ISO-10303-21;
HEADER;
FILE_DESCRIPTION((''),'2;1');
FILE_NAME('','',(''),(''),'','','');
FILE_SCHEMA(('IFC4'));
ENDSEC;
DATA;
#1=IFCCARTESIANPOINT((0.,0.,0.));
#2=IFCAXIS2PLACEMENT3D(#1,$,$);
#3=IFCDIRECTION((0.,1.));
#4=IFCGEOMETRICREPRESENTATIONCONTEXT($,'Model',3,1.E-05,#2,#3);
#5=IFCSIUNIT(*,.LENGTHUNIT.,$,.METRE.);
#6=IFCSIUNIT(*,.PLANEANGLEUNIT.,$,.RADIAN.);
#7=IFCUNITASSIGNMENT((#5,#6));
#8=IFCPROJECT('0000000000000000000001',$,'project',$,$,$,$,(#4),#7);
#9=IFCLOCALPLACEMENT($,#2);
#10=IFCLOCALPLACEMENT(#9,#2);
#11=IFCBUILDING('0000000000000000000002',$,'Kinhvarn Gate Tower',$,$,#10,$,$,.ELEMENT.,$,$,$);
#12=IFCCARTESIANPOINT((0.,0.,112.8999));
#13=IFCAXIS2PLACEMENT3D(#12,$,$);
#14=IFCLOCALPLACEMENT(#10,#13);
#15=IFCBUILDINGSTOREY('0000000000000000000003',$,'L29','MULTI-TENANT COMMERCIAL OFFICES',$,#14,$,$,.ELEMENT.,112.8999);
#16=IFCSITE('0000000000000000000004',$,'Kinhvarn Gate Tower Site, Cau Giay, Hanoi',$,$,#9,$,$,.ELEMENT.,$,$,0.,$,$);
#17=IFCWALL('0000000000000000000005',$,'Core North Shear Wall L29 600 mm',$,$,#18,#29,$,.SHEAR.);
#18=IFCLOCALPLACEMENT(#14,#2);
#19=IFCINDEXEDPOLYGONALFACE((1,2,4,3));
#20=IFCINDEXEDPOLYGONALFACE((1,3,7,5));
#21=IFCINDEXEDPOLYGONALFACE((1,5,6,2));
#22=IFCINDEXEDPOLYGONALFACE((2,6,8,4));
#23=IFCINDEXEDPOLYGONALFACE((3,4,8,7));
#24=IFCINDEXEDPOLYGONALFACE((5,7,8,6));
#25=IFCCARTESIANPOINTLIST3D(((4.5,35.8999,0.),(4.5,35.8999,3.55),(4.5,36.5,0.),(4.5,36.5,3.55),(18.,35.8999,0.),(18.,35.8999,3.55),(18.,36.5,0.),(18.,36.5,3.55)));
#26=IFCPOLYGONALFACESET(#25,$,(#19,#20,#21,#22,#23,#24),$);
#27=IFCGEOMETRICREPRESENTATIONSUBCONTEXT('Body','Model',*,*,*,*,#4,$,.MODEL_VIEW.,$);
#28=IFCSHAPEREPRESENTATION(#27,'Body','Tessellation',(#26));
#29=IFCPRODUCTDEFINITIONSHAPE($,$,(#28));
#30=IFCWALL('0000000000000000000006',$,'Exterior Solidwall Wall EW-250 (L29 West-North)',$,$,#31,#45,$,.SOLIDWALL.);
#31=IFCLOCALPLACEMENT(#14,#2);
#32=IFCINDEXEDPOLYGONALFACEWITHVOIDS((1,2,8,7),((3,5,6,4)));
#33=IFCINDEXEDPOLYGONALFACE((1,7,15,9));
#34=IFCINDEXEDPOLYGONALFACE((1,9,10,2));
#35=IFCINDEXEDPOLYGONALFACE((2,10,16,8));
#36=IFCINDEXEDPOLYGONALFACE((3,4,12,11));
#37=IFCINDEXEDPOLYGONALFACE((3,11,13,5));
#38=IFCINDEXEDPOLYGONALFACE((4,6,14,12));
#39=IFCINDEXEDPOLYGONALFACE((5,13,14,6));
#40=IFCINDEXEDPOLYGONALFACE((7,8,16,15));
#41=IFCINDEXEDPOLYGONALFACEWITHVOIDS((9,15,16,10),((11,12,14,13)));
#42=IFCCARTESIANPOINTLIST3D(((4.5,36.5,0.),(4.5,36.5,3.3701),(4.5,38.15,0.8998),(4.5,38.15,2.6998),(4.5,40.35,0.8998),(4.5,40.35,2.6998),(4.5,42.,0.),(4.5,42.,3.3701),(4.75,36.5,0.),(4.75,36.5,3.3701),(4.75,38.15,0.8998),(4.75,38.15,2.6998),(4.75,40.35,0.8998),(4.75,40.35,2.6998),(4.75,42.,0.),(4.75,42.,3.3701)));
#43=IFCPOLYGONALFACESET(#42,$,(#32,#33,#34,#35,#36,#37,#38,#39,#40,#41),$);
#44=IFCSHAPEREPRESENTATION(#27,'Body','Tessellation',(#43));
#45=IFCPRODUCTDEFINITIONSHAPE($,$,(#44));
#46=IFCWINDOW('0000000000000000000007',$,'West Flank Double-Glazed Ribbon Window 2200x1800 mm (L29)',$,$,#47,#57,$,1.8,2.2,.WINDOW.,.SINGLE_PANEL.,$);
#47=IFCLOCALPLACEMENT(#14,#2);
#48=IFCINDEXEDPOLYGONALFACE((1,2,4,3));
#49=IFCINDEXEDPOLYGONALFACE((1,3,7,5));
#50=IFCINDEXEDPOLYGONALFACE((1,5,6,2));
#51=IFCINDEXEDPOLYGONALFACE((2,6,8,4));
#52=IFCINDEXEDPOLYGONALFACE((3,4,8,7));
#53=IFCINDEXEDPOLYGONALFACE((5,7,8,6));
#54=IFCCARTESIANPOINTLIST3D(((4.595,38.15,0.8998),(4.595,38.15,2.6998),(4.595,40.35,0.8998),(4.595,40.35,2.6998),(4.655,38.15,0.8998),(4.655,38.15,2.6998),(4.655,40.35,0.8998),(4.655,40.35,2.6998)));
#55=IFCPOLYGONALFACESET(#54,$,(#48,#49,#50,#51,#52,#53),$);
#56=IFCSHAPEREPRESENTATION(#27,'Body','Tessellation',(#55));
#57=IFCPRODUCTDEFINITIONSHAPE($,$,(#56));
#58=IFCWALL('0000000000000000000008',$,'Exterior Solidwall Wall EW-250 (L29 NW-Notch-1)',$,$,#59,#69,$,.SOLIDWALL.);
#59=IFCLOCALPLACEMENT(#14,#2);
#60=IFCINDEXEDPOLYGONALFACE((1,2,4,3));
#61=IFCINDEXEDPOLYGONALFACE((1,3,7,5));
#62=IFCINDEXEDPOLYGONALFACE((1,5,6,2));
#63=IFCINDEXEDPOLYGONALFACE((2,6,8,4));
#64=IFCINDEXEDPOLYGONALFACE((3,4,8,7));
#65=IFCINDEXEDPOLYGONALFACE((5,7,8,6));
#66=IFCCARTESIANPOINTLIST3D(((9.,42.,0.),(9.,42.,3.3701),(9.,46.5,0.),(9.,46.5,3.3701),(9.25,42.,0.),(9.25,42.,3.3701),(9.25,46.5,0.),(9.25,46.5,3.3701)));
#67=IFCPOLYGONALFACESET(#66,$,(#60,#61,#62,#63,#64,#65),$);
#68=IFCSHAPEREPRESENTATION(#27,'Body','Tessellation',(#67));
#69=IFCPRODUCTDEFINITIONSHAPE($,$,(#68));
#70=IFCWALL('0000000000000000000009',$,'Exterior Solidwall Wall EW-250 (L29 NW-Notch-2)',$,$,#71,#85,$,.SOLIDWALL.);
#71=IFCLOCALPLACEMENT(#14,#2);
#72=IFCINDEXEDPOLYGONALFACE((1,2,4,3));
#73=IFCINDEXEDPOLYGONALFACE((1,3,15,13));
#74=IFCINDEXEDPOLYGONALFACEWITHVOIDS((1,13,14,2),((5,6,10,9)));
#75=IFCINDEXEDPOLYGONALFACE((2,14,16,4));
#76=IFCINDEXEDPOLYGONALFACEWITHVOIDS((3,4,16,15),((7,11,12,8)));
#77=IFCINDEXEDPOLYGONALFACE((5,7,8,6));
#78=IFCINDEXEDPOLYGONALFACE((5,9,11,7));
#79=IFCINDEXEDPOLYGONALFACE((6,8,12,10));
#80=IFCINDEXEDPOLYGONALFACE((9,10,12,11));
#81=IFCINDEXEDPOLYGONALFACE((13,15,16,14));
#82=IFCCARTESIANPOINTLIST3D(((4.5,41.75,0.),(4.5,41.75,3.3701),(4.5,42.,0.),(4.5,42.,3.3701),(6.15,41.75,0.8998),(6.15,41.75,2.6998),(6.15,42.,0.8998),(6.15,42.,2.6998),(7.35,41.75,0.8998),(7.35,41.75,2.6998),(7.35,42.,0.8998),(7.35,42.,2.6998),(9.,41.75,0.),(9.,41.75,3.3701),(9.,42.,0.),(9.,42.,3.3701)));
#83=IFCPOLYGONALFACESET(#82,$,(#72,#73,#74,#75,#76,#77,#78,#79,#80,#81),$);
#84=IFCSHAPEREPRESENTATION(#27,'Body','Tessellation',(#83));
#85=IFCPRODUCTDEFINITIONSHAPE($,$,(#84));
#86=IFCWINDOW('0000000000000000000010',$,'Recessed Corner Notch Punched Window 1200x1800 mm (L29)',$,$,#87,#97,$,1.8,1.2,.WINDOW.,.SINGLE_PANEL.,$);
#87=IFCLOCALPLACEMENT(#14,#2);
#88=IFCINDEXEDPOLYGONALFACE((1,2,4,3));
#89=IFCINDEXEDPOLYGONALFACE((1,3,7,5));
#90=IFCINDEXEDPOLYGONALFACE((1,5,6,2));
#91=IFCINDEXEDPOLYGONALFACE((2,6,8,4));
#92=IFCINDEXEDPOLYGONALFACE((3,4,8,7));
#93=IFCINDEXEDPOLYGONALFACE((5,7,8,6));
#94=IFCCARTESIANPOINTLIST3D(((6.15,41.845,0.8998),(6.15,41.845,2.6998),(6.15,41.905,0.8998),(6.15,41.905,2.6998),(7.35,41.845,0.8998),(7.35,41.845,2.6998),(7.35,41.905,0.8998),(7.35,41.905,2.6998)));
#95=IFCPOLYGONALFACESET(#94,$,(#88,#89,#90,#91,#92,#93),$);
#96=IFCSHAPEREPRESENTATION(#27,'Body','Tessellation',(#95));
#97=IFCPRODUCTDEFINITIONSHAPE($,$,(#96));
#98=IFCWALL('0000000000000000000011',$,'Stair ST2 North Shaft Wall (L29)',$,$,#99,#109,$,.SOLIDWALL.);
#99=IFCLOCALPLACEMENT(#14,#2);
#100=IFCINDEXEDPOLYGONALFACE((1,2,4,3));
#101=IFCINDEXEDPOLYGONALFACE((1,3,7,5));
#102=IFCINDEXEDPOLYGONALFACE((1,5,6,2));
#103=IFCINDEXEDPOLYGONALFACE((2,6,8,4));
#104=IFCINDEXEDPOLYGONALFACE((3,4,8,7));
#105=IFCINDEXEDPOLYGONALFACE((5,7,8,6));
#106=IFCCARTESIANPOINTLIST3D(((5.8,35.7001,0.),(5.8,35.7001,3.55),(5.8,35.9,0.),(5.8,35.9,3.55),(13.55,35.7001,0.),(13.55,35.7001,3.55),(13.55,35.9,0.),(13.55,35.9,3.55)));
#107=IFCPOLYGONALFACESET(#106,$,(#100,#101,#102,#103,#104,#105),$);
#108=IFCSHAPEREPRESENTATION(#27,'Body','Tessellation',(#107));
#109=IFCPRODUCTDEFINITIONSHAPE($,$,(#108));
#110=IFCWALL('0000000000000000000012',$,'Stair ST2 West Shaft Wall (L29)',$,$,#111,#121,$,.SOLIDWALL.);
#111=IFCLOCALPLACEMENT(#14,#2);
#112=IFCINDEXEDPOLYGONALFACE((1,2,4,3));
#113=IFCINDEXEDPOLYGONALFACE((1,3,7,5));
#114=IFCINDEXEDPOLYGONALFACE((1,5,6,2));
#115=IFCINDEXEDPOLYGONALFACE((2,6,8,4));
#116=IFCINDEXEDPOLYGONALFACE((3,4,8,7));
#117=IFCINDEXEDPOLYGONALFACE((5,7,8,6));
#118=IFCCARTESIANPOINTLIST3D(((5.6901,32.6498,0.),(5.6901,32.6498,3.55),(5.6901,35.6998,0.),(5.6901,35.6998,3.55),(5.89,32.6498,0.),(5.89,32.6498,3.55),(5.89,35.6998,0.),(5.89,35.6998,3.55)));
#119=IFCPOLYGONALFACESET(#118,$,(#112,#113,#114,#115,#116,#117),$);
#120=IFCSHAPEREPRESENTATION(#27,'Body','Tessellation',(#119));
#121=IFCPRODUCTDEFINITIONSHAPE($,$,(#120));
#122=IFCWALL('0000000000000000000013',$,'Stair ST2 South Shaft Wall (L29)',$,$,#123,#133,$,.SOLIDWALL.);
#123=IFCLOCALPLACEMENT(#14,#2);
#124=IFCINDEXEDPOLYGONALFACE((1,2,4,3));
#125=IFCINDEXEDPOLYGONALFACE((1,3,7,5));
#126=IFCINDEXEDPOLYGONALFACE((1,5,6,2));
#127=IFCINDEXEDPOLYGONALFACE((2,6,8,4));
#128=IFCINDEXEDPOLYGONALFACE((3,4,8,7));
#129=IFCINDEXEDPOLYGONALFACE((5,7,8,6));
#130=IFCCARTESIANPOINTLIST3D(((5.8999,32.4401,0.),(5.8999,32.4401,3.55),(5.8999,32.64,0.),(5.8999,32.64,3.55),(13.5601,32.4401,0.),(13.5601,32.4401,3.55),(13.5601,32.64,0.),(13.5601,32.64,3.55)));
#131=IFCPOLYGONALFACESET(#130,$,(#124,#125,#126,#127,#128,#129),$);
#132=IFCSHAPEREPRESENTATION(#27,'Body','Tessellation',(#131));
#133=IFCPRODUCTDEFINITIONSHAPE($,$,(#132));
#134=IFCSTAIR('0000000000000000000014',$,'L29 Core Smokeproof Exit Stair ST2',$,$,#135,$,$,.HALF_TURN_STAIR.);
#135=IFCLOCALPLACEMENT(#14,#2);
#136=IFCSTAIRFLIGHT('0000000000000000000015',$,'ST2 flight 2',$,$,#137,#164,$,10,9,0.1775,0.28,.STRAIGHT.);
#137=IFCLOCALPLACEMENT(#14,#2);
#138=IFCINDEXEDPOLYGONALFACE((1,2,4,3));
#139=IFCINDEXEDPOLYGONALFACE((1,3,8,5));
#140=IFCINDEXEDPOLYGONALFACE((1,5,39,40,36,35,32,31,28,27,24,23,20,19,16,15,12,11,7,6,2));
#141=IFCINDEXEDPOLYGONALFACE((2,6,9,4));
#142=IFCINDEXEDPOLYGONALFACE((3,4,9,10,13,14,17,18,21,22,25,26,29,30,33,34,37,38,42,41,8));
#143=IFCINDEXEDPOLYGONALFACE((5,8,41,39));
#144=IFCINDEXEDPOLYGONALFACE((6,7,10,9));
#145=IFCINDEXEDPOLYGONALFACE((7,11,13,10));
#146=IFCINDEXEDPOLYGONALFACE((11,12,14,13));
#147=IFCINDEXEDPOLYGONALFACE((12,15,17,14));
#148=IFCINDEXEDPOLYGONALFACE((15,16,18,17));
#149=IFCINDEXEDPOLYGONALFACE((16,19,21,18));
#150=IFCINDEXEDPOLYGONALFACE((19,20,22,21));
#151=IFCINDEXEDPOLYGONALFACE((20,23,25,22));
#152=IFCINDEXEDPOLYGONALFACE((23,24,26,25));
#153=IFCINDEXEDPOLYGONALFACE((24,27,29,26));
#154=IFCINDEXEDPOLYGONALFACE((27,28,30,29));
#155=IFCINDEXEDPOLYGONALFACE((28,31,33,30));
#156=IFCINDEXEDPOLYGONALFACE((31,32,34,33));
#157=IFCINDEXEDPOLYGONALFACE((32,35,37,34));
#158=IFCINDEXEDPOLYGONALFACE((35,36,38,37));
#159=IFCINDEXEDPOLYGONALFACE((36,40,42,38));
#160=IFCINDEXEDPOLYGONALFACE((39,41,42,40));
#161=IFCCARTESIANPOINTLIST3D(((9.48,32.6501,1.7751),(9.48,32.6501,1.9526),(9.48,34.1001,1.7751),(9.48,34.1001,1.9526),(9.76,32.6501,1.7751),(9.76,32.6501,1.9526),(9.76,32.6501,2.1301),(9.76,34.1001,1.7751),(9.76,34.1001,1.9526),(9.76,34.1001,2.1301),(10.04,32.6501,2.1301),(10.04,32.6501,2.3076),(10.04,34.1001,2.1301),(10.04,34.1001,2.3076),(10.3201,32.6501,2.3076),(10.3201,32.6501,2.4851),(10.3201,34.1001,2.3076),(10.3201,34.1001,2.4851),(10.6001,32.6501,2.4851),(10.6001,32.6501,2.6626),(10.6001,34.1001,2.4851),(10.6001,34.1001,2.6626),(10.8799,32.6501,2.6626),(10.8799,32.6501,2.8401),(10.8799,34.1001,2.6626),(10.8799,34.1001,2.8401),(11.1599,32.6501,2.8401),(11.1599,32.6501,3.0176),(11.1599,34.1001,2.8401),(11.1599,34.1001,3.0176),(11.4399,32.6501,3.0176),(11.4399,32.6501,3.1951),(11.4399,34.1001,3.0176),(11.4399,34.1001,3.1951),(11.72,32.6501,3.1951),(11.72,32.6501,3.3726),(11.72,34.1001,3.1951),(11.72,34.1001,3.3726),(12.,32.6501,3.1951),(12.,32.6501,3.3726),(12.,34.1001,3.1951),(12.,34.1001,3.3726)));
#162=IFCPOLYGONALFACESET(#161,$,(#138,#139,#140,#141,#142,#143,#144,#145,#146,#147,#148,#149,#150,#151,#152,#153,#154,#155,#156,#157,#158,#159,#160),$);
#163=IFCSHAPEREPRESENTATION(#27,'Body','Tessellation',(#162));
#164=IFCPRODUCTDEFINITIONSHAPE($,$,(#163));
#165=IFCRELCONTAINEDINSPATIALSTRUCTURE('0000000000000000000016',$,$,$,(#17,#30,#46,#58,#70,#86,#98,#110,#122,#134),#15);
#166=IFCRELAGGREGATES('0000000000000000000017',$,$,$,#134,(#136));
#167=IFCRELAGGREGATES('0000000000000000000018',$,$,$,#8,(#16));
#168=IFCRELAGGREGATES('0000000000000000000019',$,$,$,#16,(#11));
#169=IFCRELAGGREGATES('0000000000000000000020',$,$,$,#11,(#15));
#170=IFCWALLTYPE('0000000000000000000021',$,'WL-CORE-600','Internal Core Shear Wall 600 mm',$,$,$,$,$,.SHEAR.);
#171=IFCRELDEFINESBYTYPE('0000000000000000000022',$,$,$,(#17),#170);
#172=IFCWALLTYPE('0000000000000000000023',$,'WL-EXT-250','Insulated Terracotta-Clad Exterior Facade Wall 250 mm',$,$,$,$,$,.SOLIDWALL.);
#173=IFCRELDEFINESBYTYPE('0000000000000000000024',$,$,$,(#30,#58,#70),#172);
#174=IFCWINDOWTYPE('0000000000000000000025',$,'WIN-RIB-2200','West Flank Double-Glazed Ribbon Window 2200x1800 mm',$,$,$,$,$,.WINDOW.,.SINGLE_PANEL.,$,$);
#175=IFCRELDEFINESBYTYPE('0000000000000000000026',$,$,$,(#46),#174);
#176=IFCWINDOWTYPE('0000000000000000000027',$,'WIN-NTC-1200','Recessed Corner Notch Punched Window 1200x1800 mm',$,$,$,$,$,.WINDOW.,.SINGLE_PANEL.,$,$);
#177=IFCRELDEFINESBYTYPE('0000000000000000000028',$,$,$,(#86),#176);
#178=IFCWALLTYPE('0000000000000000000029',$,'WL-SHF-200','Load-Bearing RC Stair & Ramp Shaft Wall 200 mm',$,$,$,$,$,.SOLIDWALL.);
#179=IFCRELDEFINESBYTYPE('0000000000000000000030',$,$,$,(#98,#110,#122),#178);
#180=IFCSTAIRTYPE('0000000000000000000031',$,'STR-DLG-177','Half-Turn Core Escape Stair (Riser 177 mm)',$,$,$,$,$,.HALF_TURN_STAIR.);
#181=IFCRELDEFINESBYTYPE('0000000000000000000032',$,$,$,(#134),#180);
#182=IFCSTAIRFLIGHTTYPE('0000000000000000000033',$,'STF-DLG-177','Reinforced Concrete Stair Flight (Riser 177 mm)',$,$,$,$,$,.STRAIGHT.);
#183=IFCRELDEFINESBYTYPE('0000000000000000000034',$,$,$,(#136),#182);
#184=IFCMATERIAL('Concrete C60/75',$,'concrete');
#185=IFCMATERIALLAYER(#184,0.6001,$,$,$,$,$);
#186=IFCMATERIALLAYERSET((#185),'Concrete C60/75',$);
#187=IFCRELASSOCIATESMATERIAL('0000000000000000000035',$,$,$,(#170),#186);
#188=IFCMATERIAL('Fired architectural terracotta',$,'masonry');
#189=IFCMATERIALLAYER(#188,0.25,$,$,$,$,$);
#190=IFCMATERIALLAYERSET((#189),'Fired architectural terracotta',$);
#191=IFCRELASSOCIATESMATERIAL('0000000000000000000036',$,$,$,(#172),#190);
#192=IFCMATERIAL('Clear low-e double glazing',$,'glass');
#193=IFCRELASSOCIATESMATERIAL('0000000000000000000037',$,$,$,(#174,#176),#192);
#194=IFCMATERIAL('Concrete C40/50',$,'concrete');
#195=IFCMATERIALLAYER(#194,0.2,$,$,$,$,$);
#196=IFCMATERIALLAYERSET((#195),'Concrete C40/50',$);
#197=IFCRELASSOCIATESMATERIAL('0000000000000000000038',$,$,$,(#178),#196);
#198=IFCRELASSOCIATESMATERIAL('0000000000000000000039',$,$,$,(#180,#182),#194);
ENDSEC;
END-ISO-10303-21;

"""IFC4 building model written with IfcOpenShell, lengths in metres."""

from ifc_helpers import new_model, si_unit, direction, frame, frame_2d, origin, place, context, subcontext, project, spatial, polyline, rectangle, outline, extrude, material, layer, layer_set, type_object, element, fill, aggregate, save


model = new_model("IFC4")

# Units and contexts
model_context = context("Model", 3, precision=1e-05, world=origin(), true_north=direction((0.0, 1.0)))
body_context = subcontext(model_context, "Body", "Model", "MODEL_VIEW")
ifc_project = project(units=[si_unit("LENGTHUNIT", "METRE"), si_unit("PLANEANGLEUNIT", "RADIAN")], contexts=[model_context])

# Site, building, storey
site_placement = place(None, origin())
site = spatial("IfcSite", under=ifc_project, at=site_placement, Name="Kinhvarn Gate Tower Site, Cau Giay, Hanoi", CompositionType="ELEMENT", RefElevation=0.0)
building_placement = place(site_placement, origin())
building = spatial("IfcBuilding", under=site, at=building_placement, Name="Kinhvarn Gate Tower", CompositionType="ELEMENT")
storey_placement = place(building_placement, frame((0.0, 0.0, 112.8999)))
storey = spatial("IfcBuildingStorey", under=building, at=storey_placement, Name="L29", Description="MULTI-TENANT COMMERCIAL OFFICES", CompositionType="ELEMENT", Elevation=112.8999)

# Shared definitions
ifc_material_1 = material(Name="Concrete C60/75", Category="concrete")

# Shared definitions
ifc_material_2 = material(Name="Clear low-e double glazing", Category="glass")

# Wall
ifc_layer_1 = layer(ifc_material_1, 0.6001)
ifc_layer_set_1 = layer_set([ifc_layer_1], Name="Concrete C60/75")
wall_type_1 = type_object("IfcWallType", Name="WL-CORE-600", Description="Internal Core Shear Wall 600 mm", PredefinedType="SHEAR", material=ifc_layer_set_1)
wall_1_placement = place(storey_placement, frame((4.5, 36.2, 0.0), z_axis=(0.0, 0.0, 1.0), x_axis=(1.0, 0.0, 0.0)))
element("IfcWall", 1, at=wall_1_placement, inside=storey, type_object=wall_type_1, Name="Core North Shear Wall L29 600 mm", PredefinedType="SHEAR", context=body_context, shape_type="SweptSolid", body=[
    extrude(rectangle(XDim=13.5, YDim=0.6001, at=frame_2d((6.75, 0.0))), origin(), (0.0, 0.0, 1.0), 3.55),
])

# Wall, opening, window
ifc_material_3 = material(Name="Fired architectural terracotta", Category="masonry")
ifc_layer_2 = layer(ifc_material_3, 0.25)
ifc_layer_set_2 = layer_set([ifc_layer_2], Name="Fired architectural terracotta")
wall_type_2 = type_object("IfcWallType", Name="WL-EXT-250", Description="Insulated Terracotta-Clad Exterior Facade Wall 250 mm", PredefinedType="SOLIDWALL", material=ifc_layer_set_2)
wall_2_placement = place(storey_placement, frame((4.625, 42.0, 0.0), z_axis=(0.0, 0.0, 1.0), x_axis=(0.0, -1.0, 0.0)))
wall_2 = element("IfcWall", 2, at=wall_2_placement, inside=storey, type_object=wall_type_2, Name="Exterior Solidwall Wall EW-250 (L29 West-North)", PredefinedType="SOLIDWALL", context=body_context, shape_type="SweptSolid", body=[
    extrude(rectangle(XDim=5.5, YDim=0.25, at=frame_2d((2.75, 0.0))), origin(), (0.0, 0.0, 1.0), 3.3701),
])
opening_1_placement = place(wall_2_placement, frame((1.6499, 0.0, 0.8999)))
opening_1 = element("IfcOpeningElement", 3, at=opening_1_placement, cuts=wall_2, PredefinedType="OPENING", context=body_context, shape_type="SweptSolid", body=[
    extrude(rectangle(XDim=2.2, YDim=1.8, at=frame_2d((1.1001, 0.8999))), frame((0.0, 0.135, 0.0), z_axis=(0.0, -1.0, 0.0), x_axis=(1.0, 0.0, 0.0)), (0.0, 0.0, 1.0), 0.27),
])
window_type_1 = type_object("IfcWindowType", Name="WIN-RIB-2200", Description="West Flank Double-Glazed Ribbon Window 2200x1800 mm", PartitioningType="SINGLE_PANEL", PredefinedType="WINDOW", material=ifc_material_2)
window_1_placement = place(opening_1_placement, origin())
window_1 = element("IfcWindow", 4, at=window_1_placement, inside=storey, type_object=window_type_1, Name="West Flank Double-Glazed Ribbon Window 2200x1800 mm (L29)", OverallHeight=1.8, OverallWidth=2.2, PartitioningType="SINGLE_PANEL", PredefinedType="WINDOW", context=body_context, shape_type="SweptSolid", body=[
    extrude(rectangle(XDim=2.2, YDim=1.8, at=frame_2d((1.1001, 0.8999))), frame((0.0, 0.03, 0.0), z_axis=(0.0, -1.0, 0.0), x_axis=(1.0, 0.0, 0.0)), (0.0, 0.0, 1.0), 0.0601),
])
fill(opening_1, window_1)

# Wall
wall_3_placement = place(storey_placement, frame((9.125, 46.5, 0.0), z_axis=(0.0, 0.0, 1.0), x_axis=(0.0, -1.0, 0.0)))
element("IfcWall", 5, at=wall_3_placement, inside=storey, type_object=wall_type_2, Name="Exterior Solidwall Wall EW-250 (L29 NW-Notch-1)", PredefinedType="SOLIDWALL", context=body_context, shape_type="SweptSolid", body=[
    extrude(rectangle(XDim=4.5, YDim=0.25, at=frame_2d((2.25, 0.0))), origin(), (0.0, 0.0, 1.0), 3.3701),
])

# Wall, opening, window
wall_4_placement = place(storey_placement, frame((9.0, 41.875, 0.0), z_axis=(0.0, 0.0, 1.0), x_axis=(-1.0, 0.0, 0.0)))
wall_4 = element("IfcWall", 6, at=wall_4_placement, inside=storey, type_object=wall_type_2, Name="Exterior Solidwall Wall EW-250 (L29 NW-Notch-2)", PredefinedType="SOLIDWALL", context=body_context, shape_type="SweptSolid", body=[
    extrude(rectangle(XDim=4.5, YDim=0.25, at=frame_2d((2.25, 0.0))), origin(), (0.0, 0.0, 1.0), 3.3701),
])
opening_2_placement = place(wall_4_placement, frame((1.6499, 0.0, 0.8999)))
opening_2 = element("IfcOpeningElement", 7, at=opening_2_placement, cuts=wall_4, PredefinedType="OPENING", context=body_context, shape_type="SweptSolid", body=[
    extrude(rectangle(XDim=1.2, YDim=1.8, at=frame_2d((0.6001, 0.8999))), frame((0.0, 0.135, 0.0), z_axis=(0.0, -1.0, 0.0), x_axis=(1.0, 0.0, 0.0)), (0.0, 0.0, 1.0), 0.27),
])
window_type_2 = type_object("IfcWindowType", Name="WIN-NTC-1200", Description="Recessed Corner Notch Punched Window 1200x1800 mm", PartitioningType="SINGLE_PANEL", PredefinedType="WINDOW", material=ifc_material_2)
window_2_placement = place(opening_2_placement, origin())
window_2 = element("IfcWindow", 8, at=window_2_placement, inside=storey, type_object=window_type_2, Name="Recessed Corner Notch Punched Window 1200x1800 mm (L29)", OverallHeight=1.8, OverallWidth=1.2, PartitioningType="SINGLE_PANEL", PredefinedType="WINDOW", context=body_context, shape_type="SweptSolid", body=[
    extrude(rectangle(XDim=1.2, YDim=1.8, at=frame_2d((0.6001, 0.8999))), frame((0.0, 0.03, 0.0), z_axis=(0.0, -1.0, 0.0), x_axis=(1.0, 0.0, 0.0)), (0.0, 0.0, 1.0), 0.0601),
])
fill(opening_2, window_2)

# Walls
ifc_material_4 = material(Name="Concrete C40/50", Category="concrete")
ifc_layer_3 = layer(ifc_material_4, 0.2)
ifc_layer_set_3 = layer_set([ifc_layer_3], Name="Concrete C40/50")
wall_type_3 = type_object("IfcWallType", Name="WL-SHF-200", Description="Load-Bearing RC Stair & Ramp Shaft Wall 200 mm", PredefinedType="SOLIDWALL", material=ifc_layer_set_3)
wall_5_placement = place(storey_placement, frame((5.8, 35.8, 0.0), z_axis=(0.0, 0.0, 1.0), x_axis=(1.0, 0.0, 0.0)))
element("IfcWall", 9, at=wall_5_placement, inside=storey, type_object=wall_type_3, Name="Stair ST2 North Shaft Wall (L29)", PredefinedType="SOLIDWALL", context=body_context, shape_type="SweptSolid", body=[
    extrude(rectangle(XDim=7.75, YDim=0.2, at=frame_2d((3.875, 0.0))), origin(), (0.0, 0.0, 1.0), 3.55),
])
wall_6_placement = place(storey_placement, frame((5.79, 32.6499, 0.0), z_axis=(0.0, 0.0, 1.0), x_axis=(0.0, 1.0, 0.0)))
element("IfcWall", 10, at=wall_6_placement, inside=storey, type_object=wall_type_3, Name="Stair ST2 West Shaft Wall (L29)", PredefinedType="SOLIDWALL", context=body_context, shape_type="SweptSolid", body=[
    extrude(rectangle(XDim=3.05, YDim=0.2, at=frame_2d((1.5249, 0.0))), origin(), (0.0, 0.0, 1.0), 3.55),
])
wall_7_placement = place(storey_placement, frame((5.8999, 32.54, 0.0), z_axis=(0.0, 0.0, 1.0), x_axis=(1.0, 0.0, 0.0)))
element("IfcWall", 11, at=wall_7_placement, inside=storey, type_object=wall_type_3, Name="Stair ST2 South Shaft Wall (L29)", PredefinedType="SOLIDWALL", context=body_context, shape_type="SweptSolid", body=[
    extrude(rectangle(XDim=7.6602, YDim=0.2, at=frame_2d((3.8301, 0.0))), origin(), (0.0, 0.0, 1.0), 3.55),
])

# Stair, stair flight
stair_type = type_object("IfcStairType", Name="STR-DLG-177", Description="Half-Turn Core Escape Stair (Riser 177 mm)", PredefinedType="HALF_TURN_STAIR", material=ifc_material_4)
stair_placement = place(storey_placement, origin())
stair = element("IfcStair", 12, at=stair_placement, inside=storey, type_object=stair_type, Name="L29 Core Smokeproof Exit Stair ST2", PredefinedType="HALF_TURN_STAIR")
stair_flight_type = type_object("IfcStairFlightType", Name="STF-DLG-177", Description="Reinforced Concrete Stair Flight (Riser 177 mm)", PredefinedType="STRAIGHT", material=ifc_material_4)
stair_flight_placement = place(storey_placement, frame((9.48, 33.375, 1.7751), z_axis=(0.0, 0.0, 1.0), x_axis=(1.0, 0.0, 0.0)))
stair_flight = element("IfcStairFlight", 13, at=stair_flight_placement, type_object=stair_flight_type, Name="ST2 flight 2", NumberOfRisers=10, NumberOfTreads=9, PredefinedType="STRAIGHT", RiserHeight=0.1775, TreadLength=0.28, context=body_context, shape_type="SweptSolid", body=[
    extrude(outline(polyline([(0.0, 0.0), (0.0, 0.1775), (0.28, 0.1775), (0.28, 0.355), (0.5601, 0.355), (0.5601, 0.5325), (0.8401, 0.5325), (0.8401, 0.71), (1.1201, 0.71), (1.1201, 0.8875), (1.3999, 0.8875), (1.3999, 1.0649), (1.6799, 1.0649), (1.6799, 1.2424), (1.96, 1.2424), (1.96, 1.4199), (2.24, 1.4199), (2.24, 1.5974), (2.52, 1.5974), (2.52, 1.7749), (2.52, 1.4199), (0.28, 0.0), (0.0, 0.0)])), frame((0.0, 0.7251, 0.0), z_axis=(0.0, -1.0, 0.0), x_axis=(1.0, 0.0, 0.0)), (0.0, 0.0, 1.0), 1.45),
])
aggregate(stair, [stair_flight])

save(model, "model.ifc")
